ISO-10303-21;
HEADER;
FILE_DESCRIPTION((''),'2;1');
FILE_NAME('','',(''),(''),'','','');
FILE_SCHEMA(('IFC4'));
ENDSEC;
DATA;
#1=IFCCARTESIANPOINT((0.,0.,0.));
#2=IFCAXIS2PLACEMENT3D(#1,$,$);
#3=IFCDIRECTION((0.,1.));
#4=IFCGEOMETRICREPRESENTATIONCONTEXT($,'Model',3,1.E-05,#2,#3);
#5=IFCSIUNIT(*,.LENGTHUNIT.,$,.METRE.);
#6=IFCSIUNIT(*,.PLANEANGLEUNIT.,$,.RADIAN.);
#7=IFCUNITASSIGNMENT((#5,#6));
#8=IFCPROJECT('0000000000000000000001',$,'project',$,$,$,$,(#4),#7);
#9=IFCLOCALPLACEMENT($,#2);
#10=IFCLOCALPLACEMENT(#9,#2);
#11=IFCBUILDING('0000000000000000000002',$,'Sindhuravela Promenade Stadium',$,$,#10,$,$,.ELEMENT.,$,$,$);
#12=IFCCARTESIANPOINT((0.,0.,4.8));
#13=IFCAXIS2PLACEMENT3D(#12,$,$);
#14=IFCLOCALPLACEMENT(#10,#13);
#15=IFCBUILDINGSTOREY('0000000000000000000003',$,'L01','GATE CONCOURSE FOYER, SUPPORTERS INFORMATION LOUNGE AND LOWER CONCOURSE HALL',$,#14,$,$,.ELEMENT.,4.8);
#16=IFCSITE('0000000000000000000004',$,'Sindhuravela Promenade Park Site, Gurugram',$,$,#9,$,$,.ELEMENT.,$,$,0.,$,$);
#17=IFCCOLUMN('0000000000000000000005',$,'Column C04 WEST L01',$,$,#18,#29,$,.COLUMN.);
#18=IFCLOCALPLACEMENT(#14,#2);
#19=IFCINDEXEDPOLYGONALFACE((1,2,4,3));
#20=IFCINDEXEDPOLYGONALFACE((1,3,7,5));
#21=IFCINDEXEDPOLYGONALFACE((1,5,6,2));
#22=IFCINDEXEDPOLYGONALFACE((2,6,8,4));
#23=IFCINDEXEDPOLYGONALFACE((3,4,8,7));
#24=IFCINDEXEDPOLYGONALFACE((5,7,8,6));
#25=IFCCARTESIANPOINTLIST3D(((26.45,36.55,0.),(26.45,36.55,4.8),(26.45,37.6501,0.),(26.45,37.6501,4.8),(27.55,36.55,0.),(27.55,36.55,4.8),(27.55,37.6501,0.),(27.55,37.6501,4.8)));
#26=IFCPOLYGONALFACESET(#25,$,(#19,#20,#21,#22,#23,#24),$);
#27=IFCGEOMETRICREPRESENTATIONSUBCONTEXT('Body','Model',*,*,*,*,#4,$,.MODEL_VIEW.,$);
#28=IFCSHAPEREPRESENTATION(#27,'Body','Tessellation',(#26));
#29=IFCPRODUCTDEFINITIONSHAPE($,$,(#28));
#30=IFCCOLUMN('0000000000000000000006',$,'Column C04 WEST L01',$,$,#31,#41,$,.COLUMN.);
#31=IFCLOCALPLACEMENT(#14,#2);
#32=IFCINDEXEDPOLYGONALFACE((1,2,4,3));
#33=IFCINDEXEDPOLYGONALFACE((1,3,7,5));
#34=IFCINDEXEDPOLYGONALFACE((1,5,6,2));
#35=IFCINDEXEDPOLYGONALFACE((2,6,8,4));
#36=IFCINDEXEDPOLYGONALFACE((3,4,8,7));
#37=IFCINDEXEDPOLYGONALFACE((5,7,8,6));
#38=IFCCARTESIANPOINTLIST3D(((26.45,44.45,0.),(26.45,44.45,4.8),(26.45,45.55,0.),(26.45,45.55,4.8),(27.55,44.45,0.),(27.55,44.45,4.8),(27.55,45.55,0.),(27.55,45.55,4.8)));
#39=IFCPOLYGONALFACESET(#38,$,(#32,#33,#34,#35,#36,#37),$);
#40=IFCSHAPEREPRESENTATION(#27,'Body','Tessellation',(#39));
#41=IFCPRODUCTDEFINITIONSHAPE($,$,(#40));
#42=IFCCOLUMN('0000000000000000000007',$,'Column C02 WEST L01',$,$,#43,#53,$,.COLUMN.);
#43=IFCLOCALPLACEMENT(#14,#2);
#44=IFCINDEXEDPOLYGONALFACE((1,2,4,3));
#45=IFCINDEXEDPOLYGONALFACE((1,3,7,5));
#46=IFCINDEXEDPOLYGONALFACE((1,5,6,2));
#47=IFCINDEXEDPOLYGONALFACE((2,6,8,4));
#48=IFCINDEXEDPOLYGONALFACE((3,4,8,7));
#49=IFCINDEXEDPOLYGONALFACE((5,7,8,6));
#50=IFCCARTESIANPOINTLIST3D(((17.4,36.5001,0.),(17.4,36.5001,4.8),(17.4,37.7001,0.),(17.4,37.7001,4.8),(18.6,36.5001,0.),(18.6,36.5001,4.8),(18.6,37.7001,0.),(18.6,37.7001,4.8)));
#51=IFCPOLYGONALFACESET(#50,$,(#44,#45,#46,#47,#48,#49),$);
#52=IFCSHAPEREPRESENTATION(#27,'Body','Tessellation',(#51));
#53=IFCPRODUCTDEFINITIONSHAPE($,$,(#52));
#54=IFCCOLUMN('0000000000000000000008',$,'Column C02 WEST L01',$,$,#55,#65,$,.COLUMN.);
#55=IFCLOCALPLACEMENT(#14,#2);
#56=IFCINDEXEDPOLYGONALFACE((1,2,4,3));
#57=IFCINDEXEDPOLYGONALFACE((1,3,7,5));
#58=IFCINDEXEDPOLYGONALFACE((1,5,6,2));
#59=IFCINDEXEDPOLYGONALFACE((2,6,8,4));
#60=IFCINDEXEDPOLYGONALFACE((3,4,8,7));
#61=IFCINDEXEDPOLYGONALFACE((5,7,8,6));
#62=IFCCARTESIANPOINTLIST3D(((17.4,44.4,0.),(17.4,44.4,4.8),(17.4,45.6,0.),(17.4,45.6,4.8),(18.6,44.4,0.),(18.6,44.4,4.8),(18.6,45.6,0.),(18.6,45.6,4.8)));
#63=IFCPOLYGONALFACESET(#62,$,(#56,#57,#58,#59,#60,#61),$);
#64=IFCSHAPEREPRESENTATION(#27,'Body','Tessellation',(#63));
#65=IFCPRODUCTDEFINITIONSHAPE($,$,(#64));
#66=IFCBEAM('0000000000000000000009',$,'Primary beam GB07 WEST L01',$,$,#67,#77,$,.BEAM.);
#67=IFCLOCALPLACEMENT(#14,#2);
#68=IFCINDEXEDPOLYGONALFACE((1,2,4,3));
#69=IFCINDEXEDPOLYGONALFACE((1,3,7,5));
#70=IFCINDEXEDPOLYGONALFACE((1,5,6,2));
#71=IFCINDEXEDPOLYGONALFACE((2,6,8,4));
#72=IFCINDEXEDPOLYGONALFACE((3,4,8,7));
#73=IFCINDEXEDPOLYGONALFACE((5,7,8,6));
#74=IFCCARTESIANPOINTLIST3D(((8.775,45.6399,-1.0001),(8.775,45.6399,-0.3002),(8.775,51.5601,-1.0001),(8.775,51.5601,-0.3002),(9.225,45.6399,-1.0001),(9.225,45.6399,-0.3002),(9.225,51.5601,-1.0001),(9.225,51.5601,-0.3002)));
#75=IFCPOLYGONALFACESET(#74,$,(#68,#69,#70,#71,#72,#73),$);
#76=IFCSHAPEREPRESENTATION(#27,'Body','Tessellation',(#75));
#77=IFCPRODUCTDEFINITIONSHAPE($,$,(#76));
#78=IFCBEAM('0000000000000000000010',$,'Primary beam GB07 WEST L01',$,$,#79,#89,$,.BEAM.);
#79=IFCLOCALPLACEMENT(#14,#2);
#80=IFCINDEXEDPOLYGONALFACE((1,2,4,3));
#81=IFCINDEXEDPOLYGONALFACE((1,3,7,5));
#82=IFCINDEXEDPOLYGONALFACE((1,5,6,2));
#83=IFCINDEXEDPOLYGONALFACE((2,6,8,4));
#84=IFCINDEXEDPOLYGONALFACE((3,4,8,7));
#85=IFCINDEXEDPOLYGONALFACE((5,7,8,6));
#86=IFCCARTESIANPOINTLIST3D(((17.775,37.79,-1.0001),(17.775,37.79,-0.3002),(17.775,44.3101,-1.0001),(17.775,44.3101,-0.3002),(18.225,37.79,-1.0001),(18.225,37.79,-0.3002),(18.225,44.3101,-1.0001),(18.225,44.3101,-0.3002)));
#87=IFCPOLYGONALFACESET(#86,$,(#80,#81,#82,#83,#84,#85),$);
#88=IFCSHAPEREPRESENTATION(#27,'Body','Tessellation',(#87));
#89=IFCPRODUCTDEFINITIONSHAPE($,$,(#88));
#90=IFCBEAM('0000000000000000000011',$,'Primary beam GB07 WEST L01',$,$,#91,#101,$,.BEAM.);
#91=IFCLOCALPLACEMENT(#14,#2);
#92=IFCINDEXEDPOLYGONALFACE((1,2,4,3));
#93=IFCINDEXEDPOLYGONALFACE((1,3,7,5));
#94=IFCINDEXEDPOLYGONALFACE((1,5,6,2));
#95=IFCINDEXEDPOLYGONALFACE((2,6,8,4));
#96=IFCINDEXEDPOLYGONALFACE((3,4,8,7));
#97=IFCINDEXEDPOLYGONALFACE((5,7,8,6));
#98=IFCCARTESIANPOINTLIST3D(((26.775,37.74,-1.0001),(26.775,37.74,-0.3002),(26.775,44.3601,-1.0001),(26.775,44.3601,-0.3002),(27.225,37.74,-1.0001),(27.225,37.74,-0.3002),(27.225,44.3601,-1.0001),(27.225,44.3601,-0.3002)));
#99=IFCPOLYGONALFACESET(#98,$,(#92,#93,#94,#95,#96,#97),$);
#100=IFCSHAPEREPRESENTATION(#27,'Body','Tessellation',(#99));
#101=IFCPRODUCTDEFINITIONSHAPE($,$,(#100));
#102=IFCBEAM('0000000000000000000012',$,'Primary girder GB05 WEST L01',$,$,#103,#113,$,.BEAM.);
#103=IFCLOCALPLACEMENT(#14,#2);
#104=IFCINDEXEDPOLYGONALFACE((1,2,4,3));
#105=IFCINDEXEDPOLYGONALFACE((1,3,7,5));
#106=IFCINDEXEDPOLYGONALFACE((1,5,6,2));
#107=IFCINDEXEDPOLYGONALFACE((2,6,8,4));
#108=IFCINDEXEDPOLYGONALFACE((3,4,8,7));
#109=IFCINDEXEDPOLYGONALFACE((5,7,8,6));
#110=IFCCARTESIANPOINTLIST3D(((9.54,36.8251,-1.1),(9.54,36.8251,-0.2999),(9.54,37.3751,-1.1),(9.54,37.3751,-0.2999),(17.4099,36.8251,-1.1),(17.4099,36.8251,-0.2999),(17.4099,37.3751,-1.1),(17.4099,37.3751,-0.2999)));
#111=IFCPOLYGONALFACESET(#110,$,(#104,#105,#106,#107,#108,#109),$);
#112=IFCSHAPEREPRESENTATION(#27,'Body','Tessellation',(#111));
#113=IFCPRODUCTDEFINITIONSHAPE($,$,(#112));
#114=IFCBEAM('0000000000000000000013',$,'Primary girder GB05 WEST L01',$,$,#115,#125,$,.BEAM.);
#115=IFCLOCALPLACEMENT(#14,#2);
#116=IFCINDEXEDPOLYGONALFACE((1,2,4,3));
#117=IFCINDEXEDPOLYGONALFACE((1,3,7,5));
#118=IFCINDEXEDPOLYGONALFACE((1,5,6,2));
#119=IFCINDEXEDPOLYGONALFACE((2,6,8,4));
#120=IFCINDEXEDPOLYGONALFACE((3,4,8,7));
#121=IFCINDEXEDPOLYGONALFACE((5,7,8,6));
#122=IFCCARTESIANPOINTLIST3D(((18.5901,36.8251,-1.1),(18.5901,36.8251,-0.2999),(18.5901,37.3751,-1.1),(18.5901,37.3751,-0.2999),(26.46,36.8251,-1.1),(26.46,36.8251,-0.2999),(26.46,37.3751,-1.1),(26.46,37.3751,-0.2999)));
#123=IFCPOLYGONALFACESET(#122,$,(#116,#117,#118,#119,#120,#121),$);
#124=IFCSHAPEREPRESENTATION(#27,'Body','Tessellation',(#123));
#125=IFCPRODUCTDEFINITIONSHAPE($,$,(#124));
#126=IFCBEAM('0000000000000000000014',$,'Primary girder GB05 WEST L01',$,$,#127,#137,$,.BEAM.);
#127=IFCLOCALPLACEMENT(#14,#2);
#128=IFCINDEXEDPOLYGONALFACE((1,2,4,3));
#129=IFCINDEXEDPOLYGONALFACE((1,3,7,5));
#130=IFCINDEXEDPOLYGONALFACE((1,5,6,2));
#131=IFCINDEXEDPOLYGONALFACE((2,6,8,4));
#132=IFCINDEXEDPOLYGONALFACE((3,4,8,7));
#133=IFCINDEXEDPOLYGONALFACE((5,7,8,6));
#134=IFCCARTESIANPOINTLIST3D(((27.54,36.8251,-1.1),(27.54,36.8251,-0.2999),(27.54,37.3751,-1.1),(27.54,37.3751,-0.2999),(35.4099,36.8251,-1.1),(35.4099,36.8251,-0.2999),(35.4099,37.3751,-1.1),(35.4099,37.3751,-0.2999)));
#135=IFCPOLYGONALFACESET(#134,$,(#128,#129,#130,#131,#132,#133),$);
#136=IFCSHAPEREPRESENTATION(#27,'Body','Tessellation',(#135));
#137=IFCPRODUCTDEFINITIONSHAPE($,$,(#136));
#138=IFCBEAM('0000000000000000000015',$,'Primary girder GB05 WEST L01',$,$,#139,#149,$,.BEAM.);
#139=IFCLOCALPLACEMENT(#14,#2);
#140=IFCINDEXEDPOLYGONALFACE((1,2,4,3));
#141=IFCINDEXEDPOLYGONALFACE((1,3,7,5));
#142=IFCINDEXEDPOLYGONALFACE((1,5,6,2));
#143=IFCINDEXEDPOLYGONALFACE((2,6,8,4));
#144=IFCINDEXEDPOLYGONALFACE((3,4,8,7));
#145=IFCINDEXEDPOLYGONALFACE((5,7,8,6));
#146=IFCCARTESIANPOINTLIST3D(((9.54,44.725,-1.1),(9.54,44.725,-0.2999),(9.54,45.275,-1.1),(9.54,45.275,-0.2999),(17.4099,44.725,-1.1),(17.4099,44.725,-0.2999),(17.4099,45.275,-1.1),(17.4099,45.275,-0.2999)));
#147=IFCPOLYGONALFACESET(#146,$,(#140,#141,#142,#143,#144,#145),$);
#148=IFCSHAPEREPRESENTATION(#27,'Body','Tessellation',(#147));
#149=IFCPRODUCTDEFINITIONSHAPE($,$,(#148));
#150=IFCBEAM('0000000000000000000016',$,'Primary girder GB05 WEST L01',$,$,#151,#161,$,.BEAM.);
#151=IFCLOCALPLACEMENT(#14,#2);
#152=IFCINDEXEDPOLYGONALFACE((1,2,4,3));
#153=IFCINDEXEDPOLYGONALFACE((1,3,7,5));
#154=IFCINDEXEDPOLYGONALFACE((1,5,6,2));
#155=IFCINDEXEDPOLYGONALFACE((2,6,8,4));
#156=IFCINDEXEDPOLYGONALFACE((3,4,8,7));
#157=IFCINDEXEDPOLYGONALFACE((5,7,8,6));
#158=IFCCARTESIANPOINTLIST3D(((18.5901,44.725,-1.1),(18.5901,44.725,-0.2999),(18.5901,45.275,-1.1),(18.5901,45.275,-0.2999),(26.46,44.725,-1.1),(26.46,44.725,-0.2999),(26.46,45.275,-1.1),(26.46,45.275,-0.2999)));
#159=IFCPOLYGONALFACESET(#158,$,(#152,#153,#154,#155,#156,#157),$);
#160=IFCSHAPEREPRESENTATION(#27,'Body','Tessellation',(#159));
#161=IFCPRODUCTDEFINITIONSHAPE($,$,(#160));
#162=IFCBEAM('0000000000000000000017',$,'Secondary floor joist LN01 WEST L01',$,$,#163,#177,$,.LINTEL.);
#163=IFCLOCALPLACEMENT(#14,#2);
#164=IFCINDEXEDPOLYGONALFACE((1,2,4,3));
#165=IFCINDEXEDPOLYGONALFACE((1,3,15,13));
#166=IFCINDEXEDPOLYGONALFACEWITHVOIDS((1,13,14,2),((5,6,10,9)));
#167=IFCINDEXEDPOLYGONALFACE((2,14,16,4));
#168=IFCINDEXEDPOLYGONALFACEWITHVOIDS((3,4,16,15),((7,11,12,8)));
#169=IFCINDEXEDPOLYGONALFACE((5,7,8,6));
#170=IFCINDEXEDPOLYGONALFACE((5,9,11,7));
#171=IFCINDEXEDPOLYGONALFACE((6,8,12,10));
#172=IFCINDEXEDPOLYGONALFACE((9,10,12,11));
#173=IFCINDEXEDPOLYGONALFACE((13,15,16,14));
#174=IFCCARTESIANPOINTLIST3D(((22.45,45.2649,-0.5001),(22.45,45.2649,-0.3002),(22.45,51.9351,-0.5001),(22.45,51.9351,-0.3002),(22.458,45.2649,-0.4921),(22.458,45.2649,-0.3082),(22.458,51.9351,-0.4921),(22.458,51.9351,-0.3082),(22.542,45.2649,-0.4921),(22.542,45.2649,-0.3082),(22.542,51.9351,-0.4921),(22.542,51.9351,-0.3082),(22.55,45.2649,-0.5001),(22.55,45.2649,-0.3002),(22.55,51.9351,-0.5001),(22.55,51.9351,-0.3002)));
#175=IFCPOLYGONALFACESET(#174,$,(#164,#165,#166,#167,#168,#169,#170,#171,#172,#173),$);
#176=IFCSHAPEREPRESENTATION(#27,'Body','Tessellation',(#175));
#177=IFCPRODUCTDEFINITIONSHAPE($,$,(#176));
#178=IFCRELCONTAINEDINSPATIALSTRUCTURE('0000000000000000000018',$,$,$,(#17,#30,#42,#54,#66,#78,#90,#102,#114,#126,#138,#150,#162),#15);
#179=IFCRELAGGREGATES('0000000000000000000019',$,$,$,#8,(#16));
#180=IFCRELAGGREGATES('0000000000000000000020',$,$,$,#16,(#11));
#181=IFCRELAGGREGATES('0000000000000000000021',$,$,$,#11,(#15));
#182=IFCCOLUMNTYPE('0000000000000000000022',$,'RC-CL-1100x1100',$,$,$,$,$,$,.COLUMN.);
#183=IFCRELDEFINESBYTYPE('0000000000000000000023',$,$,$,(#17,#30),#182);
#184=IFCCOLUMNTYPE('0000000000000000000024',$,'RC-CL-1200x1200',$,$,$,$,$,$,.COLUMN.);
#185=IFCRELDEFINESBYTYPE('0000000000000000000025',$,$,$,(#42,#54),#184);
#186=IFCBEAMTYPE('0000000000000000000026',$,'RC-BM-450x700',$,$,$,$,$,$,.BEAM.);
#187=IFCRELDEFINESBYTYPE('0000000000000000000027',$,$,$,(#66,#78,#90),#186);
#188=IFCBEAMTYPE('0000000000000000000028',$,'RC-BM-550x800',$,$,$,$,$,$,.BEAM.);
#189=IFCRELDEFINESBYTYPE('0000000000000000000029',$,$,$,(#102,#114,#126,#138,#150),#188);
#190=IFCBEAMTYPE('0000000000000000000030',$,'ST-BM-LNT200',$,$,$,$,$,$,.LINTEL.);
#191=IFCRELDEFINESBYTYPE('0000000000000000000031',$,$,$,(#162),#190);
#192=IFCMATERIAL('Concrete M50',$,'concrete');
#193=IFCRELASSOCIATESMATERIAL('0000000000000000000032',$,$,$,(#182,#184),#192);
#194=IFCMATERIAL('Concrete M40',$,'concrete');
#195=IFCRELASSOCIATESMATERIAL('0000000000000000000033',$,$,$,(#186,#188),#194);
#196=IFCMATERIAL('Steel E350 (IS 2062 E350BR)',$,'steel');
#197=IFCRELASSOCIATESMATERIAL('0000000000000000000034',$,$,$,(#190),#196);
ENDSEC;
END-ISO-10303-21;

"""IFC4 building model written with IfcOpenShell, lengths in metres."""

from ifc_helpers import new_model, si_unit, direction, frame, origin, origin_2d, place, context, subcontext, project, spatial, rectangle, hollow_rectangle, extrude, material, material_profile, profile_set, type_object, element, save


model = new_model("IFC4")

# Units and contexts
model_context = context("Model", 3, precision=1e-05, world=origin(), true_north=direction((0.0, 1.0)))
body_context = subcontext(model_context, "Body", "Model", "MODEL_VIEW")
ifc_project = project(units=[si_unit("LENGTHUNIT", "METRE"), si_unit("PLANEANGLEUNIT", "RADIAN")], contexts=[model_context])

# Site, building, storey
site_placement = place(None, origin())
site = spatial("IfcSite", under=ifc_project, at=site_placement, Name="Sindhuravela Promenade Park Site, Gurugram", CompositionType="ELEMENT", RefElevation=0.0)
building_placement = place(site_placement, origin())
building = spatial("IfcBuilding", under=site, at=building_placement, Name="Sindhuravela Promenade Stadium", CompositionType="ELEMENT")
storey_placement = place(building_placement, frame((0.0, 0.0, 4.8)))
storey = spatial("IfcBuildingStorey", under=building, at=storey_placement, Name="L01", Description="GATE CONCOURSE FOYER, SUPPORTERS INFORMATION LOUNGE AND LOWER CONCOURSE HALL", CompositionType="ELEMENT", Elevation=4.8)

# Columns
ifc_material_1 = material(Name="Concrete M50", Category="concrete")
ifc_material_profile_1 = material_profile(ifc_material_1, rectangle(XDim=1.1001, YDim=1.1001, at=origin_2d()), Name="RC 1100x1100")
ifc_profile_set_1 = profile_set([ifc_material_profile_1], Name="Concrete M50")
column_type_1 = type_object("IfcColumnType", Name="RC-CL-1100x1100", PredefinedType="COLUMN", material=ifc_profile_set_1)
for number, where, z_axis, x_axis, name in (
    (1, (27.0, 37.1001, 0.0), (0.0, 0.0, 1.0), (1.0, 0.0, 0.0), "Column C04 WEST L01"),
    (2, (27.0, 45.0, 0.0), (0.0, 0.0, 1.0), (1.0, 0.0, 0.0), "Column C04 WEST L01"),
):
    element("IfcColumn", number, at=place(storey_placement, frame(where, z_axis=z_axis, x_axis=x_axis)), inside=storey, type_object=column_type_1, Name=name, PredefinedType="COLUMN", context=body_context, shape_type="SweptSolid", body=[
        extrude(rectangle(XDim=1.1001, YDim=1.1001, at=origin_2d()), origin(), (0.0, 0.0, 1.0), 4.8),
    ])
ifc_material_profile_2 = material_profile(ifc_material_1, rectangle(XDim=1.2, YDim=1.2, at=origin_2d()), Name="RC 1200x1200")
ifc_profile_set_2 = profile_set([ifc_material_profile_2], Name="Concrete M50")
column_type_2 = type_object("IfcColumnType", Name="RC-CL-1200x1200", PredefinedType="COLUMN", material=ifc_profile_set_2)
for number, where, z_axis, x_axis, name in (
    (3, (18.0, 37.1001, 0.0), (0.0, 0.0, 1.0), (1.0, 0.0, 0.0), "Column C02 WEST L01"),
    (4, (18.0, 45.0, 0.0), (0.0, 0.0, 1.0), (1.0, 0.0, 0.0), "Column C02 WEST L01"),
):
    element("IfcColumn", number, at=place(storey_placement, frame(where, z_axis=z_axis, x_axis=x_axis)), inside=storey, type_object=column_type_2, Name=name, PredefinedType="COLUMN", context=body_context, shape_type="SweptSolid", body=[
        extrude(rectangle(XDim=1.2, YDim=1.2, at=origin_2d()), origin(), (0.0, 0.0, 1.0), 4.8),
    ])

# Beams
ifc_material_2 = material(Name="Concrete M40", Category="concrete")
ifc_material_profile_3 = material_profile(ifc_material_2, rectangle(XDim=0.45, YDim=0.7, at=origin_2d()), Name="RC 450x700")
ifc_profile_set_3 = profile_set([ifc_material_profile_3], Name="Concrete M40")
beam_type_1 = type_object("IfcBeamType", Name="RC-BM-450x700", PredefinedType="BEAM", material=ifc_profile_set_3)
beam_1_placement = place(storey_placement, frame((9.0, 45.6399, -0.6501), z_axis=(0.0, 1.0, 0.0), x_axis=(-1.0, 0.0, 0.0)))
element("IfcBeam", 5, at=beam_1_placement, inside=storey, type_object=beam_type_1, Name="Primary beam GB07 WEST L01", PredefinedType="BEAM", context=body_context, shape_type="SweptSolid", body=[
    extrude(rectangle(XDim=0.45, YDim=0.7, at=origin_2d()), origin(), (0.0, 0.0, 1.0), 5.9202),
])
beam_2_placement = place(storey_placement, frame((18.0, 37.79, -0.6501), z_axis=(0.0, 1.0, 0.0), x_axis=(-1.0, 0.0, 0.0)))
element("IfcBeam", 6, at=beam_2_placement, inside=storey, type_object=beam_type_1, Name="Primary beam GB07 WEST L01", PredefinedType="BEAM", context=body_context, shape_type="SweptSolid", body=[
    extrude(rectangle(XDim=0.45, YDim=0.7, at=origin_2d()), origin(), (0.0, 0.0, 1.0), 6.52),
])
beam_3_placement = place(storey_placement, frame((27.0, 37.74, -0.6501), z_axis=(0.0, 1.0, 0.0), x_axis=(-1.0, 0.0, 0.0)))
element("IfcBeam", 7, at=beam_3_placement, inside=storey, type_object=beam_type_1, Name="Primary beam GB07 WEST L01", PredefinedType="BEAM", context=body_context, shape_type="SweptSolid", body=[
    extrude(rectangle(XDim=0.45, YDim=0.7, at=origin_2d()), origin(), (0.0, 0.0, 1.0), 6.6201),
])
ifc_material_profile_4 = material_profile(ifc_material_2, rectangle(XDim=0.55, YDim=0.8, at=origin_2d()), Name="RC 550x800")
ifc_profile_set_4 = profile_set([ifc_material_profile_4], Name="Concrete M40")
beam_type_2 = type_object("IfcBeamType", Name="RC-BM-550x800", PredefinedType="BEAM", material=ifc_profile_set_4)
for number, where, z_axis, x_axis, name in (
    (8, (9.54, 37.1001, -0.7), (1.0, 0.0, 0.0), (0.0, 1.0, 0.0), "Primary girder GB05 WEST L01"),
    (9, (18.5901, 37.1001, -0.7), (1.0, 0.0, 0.0), (0.0, 1.0, 0.0), "Primary girder GB05 WEST L01"),
    (10, (27.54, 37.1001, -0.7), (1.0, 0.0, 0.0), (0.0, 1.0, 0.0), "Primary girder GB05 WEST L01"),
    (11, (9.54, 45.0, -0.7), (1.0, 0.0, 0.0), (0.0, 1.0, 0.0), "Primary girder GB05 WEST L01"),
    (12, (18.5901, 45.0, -0.7), (1.0, 0.0, 0.0), (0.0, 1.0, 0.0), "Primary girder GB05 WEST L01"),
):
    element("IfcBeam", number, at=place(storey_placement, frame(where, z_axis=z_axis, x_axis=x_axis)), inside=storey, type_object=beam_type_2, Name=name, PredefinedType="BEAM", context=body_context, shape_type="SweptSolid", body=[
        extrude(rectangle(XDim=0.55, YDim=0.8, at=origin_2d()), origin(), (0.0, 0.0, 1.0), 7.8699),
    ])
ifc_material_3 = material(Name="Steel E350 (IS 2062 E350BR)", Category="steel")
ifc_material_profile_5 = material_profile(ifc_material_3, hollow_rectangle(XDim=0.1001, YDim=0.2, WallThickness=0.0081, at=origin_2d()), Name="RHS 200x100x8")
ifc_profile_set_5 = profile_set([ifc_material_profile_5], Name="Steel E350 (IS 2062 E350BR)")
beam_type_3 = type_object("IfcBeamType", Name="ST-BM-LNT200", PredefinedType="LINTEL", material=ifc_profile_set_5)
beam_4_placement = place(storey_placement, frame((22.5, 45.2649, -0.4001), z_axis=(0.0, 1.0, 0.0), x_axis=(-1.0, 0.0, 0.0)))
element("IfcBeam", 13, at=beam_4_placement, inside=storey, type_object=beam_type_3, Name="Secondary floor joist LN01 WEST L01", PredefinedType="LINTEL", context=body_context, shape_type="SweptSolid", body=[
    extrude(hollow_rectangle(XDim=0.1001, YDim=0.2, WallThickness=0.0081, at=origin_2d()), origin(), (0.0, 0.0, 1.0), 6.6702),
])

save(model, "model.ifc")
